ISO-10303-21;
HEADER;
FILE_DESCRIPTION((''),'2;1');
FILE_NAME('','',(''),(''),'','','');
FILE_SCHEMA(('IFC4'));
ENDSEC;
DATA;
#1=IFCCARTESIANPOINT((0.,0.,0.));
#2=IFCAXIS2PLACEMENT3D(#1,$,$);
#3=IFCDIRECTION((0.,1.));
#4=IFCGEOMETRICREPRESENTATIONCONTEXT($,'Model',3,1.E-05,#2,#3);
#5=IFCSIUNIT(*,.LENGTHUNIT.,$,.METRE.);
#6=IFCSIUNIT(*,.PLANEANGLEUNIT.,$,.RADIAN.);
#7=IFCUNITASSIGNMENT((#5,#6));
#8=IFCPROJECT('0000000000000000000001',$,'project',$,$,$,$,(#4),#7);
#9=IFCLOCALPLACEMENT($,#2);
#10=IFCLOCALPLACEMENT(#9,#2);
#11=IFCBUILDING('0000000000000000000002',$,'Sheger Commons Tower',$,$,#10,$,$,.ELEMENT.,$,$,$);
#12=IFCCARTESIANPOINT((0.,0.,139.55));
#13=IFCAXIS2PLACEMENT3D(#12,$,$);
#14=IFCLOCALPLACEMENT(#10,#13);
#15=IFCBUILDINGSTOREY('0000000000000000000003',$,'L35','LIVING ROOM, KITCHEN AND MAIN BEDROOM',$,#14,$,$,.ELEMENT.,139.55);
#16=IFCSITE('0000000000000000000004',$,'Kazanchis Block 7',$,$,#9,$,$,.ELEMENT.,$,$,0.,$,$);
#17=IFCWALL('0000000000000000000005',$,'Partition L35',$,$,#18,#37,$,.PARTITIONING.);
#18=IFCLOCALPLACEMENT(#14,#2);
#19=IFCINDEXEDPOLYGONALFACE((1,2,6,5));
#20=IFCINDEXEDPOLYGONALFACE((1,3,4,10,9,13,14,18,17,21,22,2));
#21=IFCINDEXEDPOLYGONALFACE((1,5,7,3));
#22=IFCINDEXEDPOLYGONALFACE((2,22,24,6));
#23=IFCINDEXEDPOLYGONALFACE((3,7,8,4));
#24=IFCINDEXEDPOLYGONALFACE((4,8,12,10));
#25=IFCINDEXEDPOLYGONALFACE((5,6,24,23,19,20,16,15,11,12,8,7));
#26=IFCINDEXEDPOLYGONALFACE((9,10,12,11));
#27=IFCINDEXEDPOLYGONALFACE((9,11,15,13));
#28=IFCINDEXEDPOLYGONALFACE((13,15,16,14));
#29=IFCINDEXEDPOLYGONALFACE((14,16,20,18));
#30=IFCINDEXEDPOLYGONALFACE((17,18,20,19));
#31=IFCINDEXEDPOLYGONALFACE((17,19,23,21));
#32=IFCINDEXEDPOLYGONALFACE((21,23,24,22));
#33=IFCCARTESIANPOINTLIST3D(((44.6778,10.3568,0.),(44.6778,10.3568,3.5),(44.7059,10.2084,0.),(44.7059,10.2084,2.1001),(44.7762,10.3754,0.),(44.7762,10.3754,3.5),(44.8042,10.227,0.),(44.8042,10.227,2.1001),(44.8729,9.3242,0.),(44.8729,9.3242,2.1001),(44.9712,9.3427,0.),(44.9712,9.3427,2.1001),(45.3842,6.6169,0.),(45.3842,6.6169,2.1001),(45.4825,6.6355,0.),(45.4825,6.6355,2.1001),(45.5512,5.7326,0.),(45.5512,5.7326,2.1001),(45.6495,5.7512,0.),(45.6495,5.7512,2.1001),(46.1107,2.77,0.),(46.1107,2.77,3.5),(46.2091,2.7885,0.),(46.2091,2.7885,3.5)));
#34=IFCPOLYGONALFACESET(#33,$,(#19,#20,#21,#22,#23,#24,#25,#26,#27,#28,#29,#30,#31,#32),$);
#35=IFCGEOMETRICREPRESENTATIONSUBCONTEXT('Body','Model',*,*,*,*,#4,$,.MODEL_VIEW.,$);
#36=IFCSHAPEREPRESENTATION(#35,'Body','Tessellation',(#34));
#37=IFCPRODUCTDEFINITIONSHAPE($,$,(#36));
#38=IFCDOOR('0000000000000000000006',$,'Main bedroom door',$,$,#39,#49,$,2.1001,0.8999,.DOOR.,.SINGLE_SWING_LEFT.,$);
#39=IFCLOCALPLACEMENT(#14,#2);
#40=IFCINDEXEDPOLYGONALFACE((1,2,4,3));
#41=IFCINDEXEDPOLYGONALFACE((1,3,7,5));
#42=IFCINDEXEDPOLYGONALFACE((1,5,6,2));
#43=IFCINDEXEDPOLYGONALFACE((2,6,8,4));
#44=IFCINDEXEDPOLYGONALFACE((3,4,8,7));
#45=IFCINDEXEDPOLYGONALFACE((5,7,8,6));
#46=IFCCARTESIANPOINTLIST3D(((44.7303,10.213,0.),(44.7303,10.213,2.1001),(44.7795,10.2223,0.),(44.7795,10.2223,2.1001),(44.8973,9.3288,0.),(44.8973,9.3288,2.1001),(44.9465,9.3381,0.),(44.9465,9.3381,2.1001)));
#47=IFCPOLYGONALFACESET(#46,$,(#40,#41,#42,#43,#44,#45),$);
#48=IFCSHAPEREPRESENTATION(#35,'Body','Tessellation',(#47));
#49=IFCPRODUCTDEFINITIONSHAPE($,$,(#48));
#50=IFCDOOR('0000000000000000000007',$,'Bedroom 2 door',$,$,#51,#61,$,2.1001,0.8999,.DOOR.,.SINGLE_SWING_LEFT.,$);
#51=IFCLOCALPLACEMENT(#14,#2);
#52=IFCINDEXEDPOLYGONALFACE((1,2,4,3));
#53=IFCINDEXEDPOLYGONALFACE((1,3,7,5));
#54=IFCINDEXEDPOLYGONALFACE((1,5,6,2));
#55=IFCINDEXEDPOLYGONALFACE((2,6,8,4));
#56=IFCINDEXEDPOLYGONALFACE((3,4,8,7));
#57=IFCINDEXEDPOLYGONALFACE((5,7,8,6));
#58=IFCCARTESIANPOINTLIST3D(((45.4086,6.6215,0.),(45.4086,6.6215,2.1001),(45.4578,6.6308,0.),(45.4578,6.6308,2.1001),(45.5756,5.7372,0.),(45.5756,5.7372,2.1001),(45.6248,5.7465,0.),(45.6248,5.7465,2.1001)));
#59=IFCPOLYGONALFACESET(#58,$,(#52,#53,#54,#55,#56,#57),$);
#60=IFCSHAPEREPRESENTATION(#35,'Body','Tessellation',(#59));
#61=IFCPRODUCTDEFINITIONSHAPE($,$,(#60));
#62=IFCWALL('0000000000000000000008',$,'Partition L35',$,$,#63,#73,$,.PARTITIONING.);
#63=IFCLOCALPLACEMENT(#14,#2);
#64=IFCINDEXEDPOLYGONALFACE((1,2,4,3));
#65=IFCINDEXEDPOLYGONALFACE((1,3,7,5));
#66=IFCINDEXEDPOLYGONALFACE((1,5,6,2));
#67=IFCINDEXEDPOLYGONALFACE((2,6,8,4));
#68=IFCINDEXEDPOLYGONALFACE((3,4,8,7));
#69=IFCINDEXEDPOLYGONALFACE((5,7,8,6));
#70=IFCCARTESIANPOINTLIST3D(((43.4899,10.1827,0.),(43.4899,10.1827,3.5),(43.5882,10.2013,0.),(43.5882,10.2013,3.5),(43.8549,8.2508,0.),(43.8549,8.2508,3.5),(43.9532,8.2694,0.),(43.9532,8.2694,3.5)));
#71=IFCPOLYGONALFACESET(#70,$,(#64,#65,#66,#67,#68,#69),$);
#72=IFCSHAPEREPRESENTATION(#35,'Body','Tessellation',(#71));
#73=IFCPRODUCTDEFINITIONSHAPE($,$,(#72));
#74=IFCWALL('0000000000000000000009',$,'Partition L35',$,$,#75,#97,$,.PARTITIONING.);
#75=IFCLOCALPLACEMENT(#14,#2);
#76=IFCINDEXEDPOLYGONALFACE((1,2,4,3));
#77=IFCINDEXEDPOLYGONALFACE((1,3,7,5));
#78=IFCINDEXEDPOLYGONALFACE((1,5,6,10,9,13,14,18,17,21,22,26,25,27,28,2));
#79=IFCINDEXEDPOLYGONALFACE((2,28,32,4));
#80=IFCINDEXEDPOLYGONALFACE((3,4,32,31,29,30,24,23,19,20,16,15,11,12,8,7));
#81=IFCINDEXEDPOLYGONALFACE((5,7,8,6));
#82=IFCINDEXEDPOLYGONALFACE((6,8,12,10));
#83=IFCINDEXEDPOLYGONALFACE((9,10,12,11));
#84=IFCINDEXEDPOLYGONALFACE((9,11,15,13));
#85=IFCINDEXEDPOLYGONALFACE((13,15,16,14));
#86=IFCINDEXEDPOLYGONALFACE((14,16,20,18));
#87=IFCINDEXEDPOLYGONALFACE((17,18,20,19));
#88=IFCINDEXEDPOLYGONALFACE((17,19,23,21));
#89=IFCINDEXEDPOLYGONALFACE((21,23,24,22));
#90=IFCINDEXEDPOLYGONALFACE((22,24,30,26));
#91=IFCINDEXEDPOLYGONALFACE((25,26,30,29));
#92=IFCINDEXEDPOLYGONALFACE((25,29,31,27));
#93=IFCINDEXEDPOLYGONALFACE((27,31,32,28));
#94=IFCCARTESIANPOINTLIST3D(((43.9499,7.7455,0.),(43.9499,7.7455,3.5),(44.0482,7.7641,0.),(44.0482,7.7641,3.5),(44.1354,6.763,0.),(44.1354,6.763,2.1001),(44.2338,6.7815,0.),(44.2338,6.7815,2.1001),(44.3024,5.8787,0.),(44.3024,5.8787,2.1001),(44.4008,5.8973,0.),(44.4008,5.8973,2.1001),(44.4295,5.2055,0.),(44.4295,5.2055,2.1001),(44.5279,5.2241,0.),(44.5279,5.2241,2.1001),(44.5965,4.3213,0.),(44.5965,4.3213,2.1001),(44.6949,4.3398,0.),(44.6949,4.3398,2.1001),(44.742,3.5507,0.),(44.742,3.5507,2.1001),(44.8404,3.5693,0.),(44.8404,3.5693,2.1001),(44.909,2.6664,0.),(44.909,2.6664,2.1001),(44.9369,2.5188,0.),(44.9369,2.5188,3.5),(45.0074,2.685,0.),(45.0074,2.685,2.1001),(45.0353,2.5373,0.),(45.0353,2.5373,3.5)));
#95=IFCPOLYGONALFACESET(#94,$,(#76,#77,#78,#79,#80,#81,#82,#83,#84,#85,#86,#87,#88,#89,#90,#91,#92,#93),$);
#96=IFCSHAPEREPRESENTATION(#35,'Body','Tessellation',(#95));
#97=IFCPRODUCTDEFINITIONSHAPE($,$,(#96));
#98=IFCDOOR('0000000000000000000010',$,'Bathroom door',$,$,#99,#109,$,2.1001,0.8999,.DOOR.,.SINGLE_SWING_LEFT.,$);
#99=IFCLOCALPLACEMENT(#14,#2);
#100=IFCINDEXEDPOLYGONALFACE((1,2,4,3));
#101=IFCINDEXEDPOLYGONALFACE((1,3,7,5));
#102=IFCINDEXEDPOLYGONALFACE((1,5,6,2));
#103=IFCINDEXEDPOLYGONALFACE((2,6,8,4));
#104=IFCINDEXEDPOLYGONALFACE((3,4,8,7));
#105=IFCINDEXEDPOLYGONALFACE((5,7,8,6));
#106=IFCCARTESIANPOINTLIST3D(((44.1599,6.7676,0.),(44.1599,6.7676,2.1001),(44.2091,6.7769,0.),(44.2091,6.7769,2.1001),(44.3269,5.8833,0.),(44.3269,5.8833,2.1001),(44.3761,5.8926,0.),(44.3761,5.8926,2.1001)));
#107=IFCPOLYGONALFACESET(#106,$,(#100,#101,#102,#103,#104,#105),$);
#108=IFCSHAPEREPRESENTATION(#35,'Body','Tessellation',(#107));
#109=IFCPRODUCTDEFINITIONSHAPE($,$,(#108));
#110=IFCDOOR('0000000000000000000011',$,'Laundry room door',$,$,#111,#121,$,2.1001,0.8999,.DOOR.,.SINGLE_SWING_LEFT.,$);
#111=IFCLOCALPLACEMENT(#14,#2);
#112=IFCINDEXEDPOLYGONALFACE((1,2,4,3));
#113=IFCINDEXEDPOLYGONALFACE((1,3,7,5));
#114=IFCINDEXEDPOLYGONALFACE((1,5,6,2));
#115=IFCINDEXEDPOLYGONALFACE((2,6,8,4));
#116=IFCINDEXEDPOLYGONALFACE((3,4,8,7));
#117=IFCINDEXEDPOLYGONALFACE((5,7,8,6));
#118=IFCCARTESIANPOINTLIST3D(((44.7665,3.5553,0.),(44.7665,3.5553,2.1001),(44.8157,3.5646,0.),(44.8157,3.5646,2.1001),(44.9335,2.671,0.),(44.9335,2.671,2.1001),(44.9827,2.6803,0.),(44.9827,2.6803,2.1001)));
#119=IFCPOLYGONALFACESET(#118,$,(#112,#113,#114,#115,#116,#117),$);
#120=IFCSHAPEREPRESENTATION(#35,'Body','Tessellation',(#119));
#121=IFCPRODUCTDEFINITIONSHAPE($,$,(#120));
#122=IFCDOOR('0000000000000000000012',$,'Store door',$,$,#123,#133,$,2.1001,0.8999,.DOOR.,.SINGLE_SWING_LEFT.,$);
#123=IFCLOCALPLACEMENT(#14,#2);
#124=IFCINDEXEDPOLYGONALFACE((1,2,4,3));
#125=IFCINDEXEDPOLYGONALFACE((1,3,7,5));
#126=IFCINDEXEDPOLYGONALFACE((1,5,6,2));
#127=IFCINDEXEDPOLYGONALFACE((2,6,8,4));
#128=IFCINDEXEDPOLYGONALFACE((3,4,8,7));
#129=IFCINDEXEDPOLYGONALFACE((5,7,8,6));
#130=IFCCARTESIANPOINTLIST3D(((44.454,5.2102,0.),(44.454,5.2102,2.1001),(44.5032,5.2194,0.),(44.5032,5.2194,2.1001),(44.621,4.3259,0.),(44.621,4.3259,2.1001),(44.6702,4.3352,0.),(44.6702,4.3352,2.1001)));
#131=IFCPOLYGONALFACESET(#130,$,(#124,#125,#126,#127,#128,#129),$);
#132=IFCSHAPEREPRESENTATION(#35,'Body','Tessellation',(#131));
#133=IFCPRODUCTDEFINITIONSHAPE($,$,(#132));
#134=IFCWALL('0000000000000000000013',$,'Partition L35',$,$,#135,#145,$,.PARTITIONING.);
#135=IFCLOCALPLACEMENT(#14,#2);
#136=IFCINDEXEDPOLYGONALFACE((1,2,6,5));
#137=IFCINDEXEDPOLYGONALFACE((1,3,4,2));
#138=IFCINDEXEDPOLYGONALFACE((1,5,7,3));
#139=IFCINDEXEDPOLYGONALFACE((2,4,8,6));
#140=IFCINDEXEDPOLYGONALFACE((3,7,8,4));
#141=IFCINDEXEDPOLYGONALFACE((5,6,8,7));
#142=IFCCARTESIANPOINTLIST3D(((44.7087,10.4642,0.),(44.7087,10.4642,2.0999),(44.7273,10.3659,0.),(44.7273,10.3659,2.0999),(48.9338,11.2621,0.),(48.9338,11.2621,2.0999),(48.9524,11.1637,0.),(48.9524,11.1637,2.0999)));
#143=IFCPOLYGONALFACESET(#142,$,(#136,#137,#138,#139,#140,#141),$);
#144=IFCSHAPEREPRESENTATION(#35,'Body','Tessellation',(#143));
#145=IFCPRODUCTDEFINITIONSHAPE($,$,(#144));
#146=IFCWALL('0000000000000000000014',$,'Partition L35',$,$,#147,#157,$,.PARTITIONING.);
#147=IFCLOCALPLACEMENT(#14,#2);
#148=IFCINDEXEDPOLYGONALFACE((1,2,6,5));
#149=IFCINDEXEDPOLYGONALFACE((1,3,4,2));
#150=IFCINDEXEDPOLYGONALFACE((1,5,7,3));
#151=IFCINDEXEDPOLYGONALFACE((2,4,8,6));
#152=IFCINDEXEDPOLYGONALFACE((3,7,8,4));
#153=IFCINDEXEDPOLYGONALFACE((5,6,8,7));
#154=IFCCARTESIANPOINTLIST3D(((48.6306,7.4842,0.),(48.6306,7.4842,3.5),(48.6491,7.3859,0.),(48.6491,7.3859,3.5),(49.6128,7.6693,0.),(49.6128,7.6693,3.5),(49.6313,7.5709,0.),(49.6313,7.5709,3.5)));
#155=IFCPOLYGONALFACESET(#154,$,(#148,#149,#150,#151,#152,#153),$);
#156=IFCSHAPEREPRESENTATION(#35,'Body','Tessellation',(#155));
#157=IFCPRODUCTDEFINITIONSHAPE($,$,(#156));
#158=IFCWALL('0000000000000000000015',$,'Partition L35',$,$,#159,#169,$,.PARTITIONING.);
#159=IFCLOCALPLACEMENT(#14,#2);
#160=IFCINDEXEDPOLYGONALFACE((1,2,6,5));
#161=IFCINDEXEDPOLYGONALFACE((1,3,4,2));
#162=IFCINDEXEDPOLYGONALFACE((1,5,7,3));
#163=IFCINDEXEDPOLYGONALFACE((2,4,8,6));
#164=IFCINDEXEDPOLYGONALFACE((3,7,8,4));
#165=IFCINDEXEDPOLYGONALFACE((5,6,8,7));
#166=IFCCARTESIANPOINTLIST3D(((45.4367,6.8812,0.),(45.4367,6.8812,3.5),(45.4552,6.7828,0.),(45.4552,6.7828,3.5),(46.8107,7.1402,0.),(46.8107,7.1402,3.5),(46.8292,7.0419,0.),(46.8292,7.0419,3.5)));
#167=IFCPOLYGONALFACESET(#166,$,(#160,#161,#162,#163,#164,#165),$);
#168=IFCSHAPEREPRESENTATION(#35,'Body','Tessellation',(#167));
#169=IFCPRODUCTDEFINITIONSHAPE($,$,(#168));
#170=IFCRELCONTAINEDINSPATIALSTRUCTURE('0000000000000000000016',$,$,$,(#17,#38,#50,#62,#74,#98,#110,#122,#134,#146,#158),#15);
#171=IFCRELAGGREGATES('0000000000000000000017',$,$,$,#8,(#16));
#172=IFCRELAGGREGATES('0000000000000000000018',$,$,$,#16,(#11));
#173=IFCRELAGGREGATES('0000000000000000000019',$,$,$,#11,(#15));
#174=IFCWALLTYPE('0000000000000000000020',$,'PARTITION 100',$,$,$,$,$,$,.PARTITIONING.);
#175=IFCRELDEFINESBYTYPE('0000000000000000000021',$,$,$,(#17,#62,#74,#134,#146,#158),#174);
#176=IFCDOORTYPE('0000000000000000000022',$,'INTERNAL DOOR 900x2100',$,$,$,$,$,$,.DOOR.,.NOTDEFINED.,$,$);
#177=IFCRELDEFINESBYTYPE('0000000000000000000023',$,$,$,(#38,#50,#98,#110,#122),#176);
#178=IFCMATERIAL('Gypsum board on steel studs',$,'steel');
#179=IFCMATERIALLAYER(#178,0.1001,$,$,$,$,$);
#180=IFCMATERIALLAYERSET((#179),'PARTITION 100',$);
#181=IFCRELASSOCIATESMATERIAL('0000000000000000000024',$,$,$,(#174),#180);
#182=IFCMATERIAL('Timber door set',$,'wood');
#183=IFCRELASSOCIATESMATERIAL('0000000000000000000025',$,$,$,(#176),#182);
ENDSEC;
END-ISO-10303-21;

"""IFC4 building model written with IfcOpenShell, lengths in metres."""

from ifc_helpers import new_model, si_unit, direction, frame, frame_2d, origin, place, context, subcontext, project, spatial, rectangle, extrude, material, layer, layer_set, type_object, element, fill, save


model = new_model("IFC4")

# Units and contexts
model_context = context("Model", 3, precision=1e-05, world=origin(), true_north=direction((0.0, 1.0)))
body_context = subcontext(model_context, "Body", "Model", "MODEL_VIEW")
ifc_project = project(units=[si_unit("LENGTHUNIT", "METRE"), si_unit("PLANEANGLEUNIT", "RADIAN")], contexts=[model_context])

# Site, building, storey
site_placement = place(None, origin())
site = spatial("IfcSite", under=ifc_project, at=site_placement, Name="Kazanchis Block 7", CompositionType="ELEMENT", RefElevation=0.0)
building_placement = place(site_placement, origin())
building = spatial("IfcBuilding", under=site, at=building_placement, Name="Sheger Commons Tower", CompositionType="ELEMENT")
storey_placement = place(building_placement, frame((0.0, 0.0, 139.55)))
storey = spatial("IfcBuildingStorey", under=building, at=storey_placement, Name="L35", Description="LIVING ROOM, KITCHEN AND MAIN BEDROOM", CompositionType="ELEMENT", Elevation=139.55)

# Wall, openings, doors
ifc_material_1 = material(Name="Gypsum board on steel studs", Category="steel")
ifc_layer_1 = layer(ifc_material_1, 0.1001)
ifc_layer_set_1 = layer_set([ifc_layer_1], Name="PARTITION 100")
wall_type_1 = type_object("IfcWallType", Name="PARTITION 100", PredefinedType="PARTITIONING", material=ifc_layer_set_1)
wall_1_placement = place(storey_placement, frame((44.7271, 10.366, 0.0), z_axis=(0.0, 0.0, 1.0), x_axis=(0.185579, -0.982629, 0.0)))
wall_1 = element("IfcWall", 1, at=wall_1_placement, inside=storey, type_object=wall_type_1, Name="Partition L35", PredefinedType="PARTITIONING", context=body_context, shape_type="SweptSolid", body=[
    extrude(rectangle(XDim=7.7209, YDim=0.1001, at=frame_2d((3.8604, 0.0))), origin(), (0.0, 0.0, 1.0), 3.5),
])
opening_1_placement = place(wall_1_placement, frame((0.1509, 0.0, 0.0)))
opening_1 = element("IfcOpeningElement", 2, at=opening_1_placement, cuts=wall_1, PredefinedType="OPENING", context=body_context, shape_type="SweptSolid", body=[
    extrude(rectangle(XDim=0.8999, YDim=2.1001, at=frame_2d((0.45, 1.05))), frame((0.0, 0.0601, 0.0), z_axis=(0.0, -1.0, 0.0), x_axis=(1.0, 0.0, 0.0)), (0.0, 0.0, 1.0), 0.1201),
])
opening_2_placement = place(wall_1_placement, frame((3.8059, 0.0, 0.0)))
opening_2 = element("IfcOpeningElement", 3, at=opening_2_placement, cuts=wall_1, PredefinedType="OPENING", context=body_context, shape_type="SweptSolid", body=[
    extrude(rectangle(XDim=0.8999, YDim=2.1001, at=frame_2d((0.45, 1.05))), frame((0.0, 0.0601, 0.0), z_axis=(0.0, -1.0, 0.0), x_axis=(1.0, 0.0, 0.0)), (0.0, 0.0, 1.0), 0.1201),
])
ifc_material_2 = material(Name="Timber door set", Category="wood")
door_type_1 = type_object("IfcDoorType", Name="INTERNAL DOOR 900x2100", OperationType="NOTDEFINED", PredefinedType="DOOR", material=ifc_material_2)
door_1_placement = place(opening_1_placement, origin())
door_1 = element("IfcDoor", 4, at=door_1_placement, inside=storey, type_object=door_type_1, Name="Main bedroom door", OperationType="SINGLE_SWING_LEFT", OverallHeight=2.1001, OverallWidth=0.8999, PredefinedType="DOOR", context=body_context, shape_type="SweptSolid", body=[
    extrude(rectangle(XDim=0.8999, YDim=2.1001, at=frame_2d((0.45, 1.05))), frame((0.0, 0.0249, 0.0), z_axis=(0.0, -1.0, 0.0), x_axis=(1.0, 0.0, 0.0)), (0.0, 0.0, 1.0), 0.05),
])
fill(opening_1, door_1)
door_2_placement = place(opening_2_placement, origin())
door_2 = element("IfcDoor", 5, at=door_2_placement, inside=storey, type_object=door_type_1, Name="Bedroom 2 door", OperationType="SINGLE_SWING_LEFT", OverallHeight=2.1001, OverallWidth=0.8999, PredefinedType="DOOR", context=body_context, shape_type="SweptSolid", body=[
    extrude(rectangle(XDim=0.8999, YDim=2.1001, at=frame_2d((0.45, 1.05))), frame((0.0, 0.0249, 0.0), z_axis=(0.0, -1.0, 0.0), x_axis=(1.0, 0.0, 0.0)), (0.0, 0.0, 1.0), 0.05),
])
fill(opening_2, door_2)

# Wall
wall_2_placement = place(storey_placement, frame((43.5391, 10.1919, 0.0), z_axis=(0.0, 0.0, 1.0), x_axis=(0.185645, -0.982617, 0.0)))
element("IfcWall", 6, at=wall_2_placement, inside=storey, type_object=wall_type_1, Name="Partition L35", PredefinedType="PARTITIONING", context=body_context, shape_type="SweptSolid", body=[
    extrude(rectangle(XDim=1.9661, YDim=0.1001, at=frame_2d((0.9829, 0.0))), origin(), (0.0, 0.0, 1.0), 3.5),
])

# Wall, openings, doors
wall_3_placement = place(storey_placement, frame((43.999, 7.7549, 0.0), z_axis=(0.0, 0.0, 1.0), x_axis=(0.185566, -0.982632, 0.0)))
wall_3 = element("IfcWall", 7, at=wall_3_placement, inside=storey, type_object=wall_type_1, Name="Partition L35", PredefinedType="PARTITIONING", context=body_context, shape_type="SweptSolid", body=[
    extrude(rectangle(XDim=5.3191, YDim=0.1001, at=frame_2d((2.6597, 0.0))), origin(), (0.0, 0.0, 1.0), 3.5),
])
opening_3_placement = place(wall_3_placement, frame((1.0, 0.0, 0.0)))
opening_3 = element("IfcOpeningElement", 8, at=opening_3_placement, cuts=wall_3, PredefinedType="OPENING", context=body_context, shape_type="SweptSolid", body=[
    extrude(rectangle(XDim=0.8999, YDim=2.1001, at=frame_2d((0.45, 1.05))), frame((0.0, 0.0601, 0.0), z_axis=(0.0, -1.0, 0.0), x_axis=(1.0, 0.0, 0.0)), (0.0, 0.0, 1.0), 0.1201),
])
opening_4_placement = place(wall_3_placement, frame((4.269, 0.0, 0.0)))
opening_4 = element("IfcOpeningElement", 9, at=opening_4_placement, cuts=wall_3, PredefinedType="OPENING", context=body_context, shape_type="SweptSolid", body=[
    extrude(rectangle(XDim=0.8999, YDim=2.1001, at=frame_2d((0.45, 1.05))), frame((0.0, 0.0601, 0.0), z_axis=(0.0, -1.0, 0.0), x_axis=(1.0, 0.0, 0.0)), (0.0, 0.0, 1.0), 0.1201),
])
opening_5_placement = place(wall_3_placement, frame((2.585, 0.0, 0.0)))
opening_5 = element("IfcOpeningElement", 10, at=opening_5_placement, cuts=wall_3, PredefinedType="OPENING", context=body_context, shape_type="SweptSolid", body=[
    extrude(rectangle(XDim=0.8999, YDim=2.1001, at=frame_2d((0.45, 1.05))), frame((0.0, 0.0601, 0.0), z_axis=(0.0, -1.0, 0.0), x_axis=(1.0, 0.0, 0.0)), (0.0, 0.0, 1.0), 0.1201),
])
door_3_placement = place(opening_3_placement, origin())
door_3 = element("IfcDoor", 11, at=door_3_placement, inside=storey, type_object=door_type_1, Name="Bathroom door", OperationType="SINGLE_SWING_LEFT", OverallHeight=2.1001, OverallWidth=0.8999, PredefinedType="DOOR", context=body_context, shape_type="SweptSolid", body=[
    extrude(rectangle(XDim=0.8999, YDim=2.1001, at=frame_2d((0.45, 1.05))), frame((0.0, 0.0249, 0.0), z_axis=(0.0, -1.0, 0.0), x_axis=(1.0, 0.0, 0.0)), (0.0, 0.0, 1.0), 0.05),
])
fill(opening_3, door_3)
door_4_placement = place(opening_4_placement, origin())
door_4 = element("IfcDoor", 12, at=door_4_placement, inside=storey, type_object=door_type_1, Name="Laundry room door", OperationType="SINGLE_SWING_LEFT", OverallHeight=2.1001, OverallWidth=0.8999, PredefinedType="DOOR", context=body_context, shape_type="SweptSolid", body=[
    extrude(rectangle(XDim=0.8999, YDim=2.1001, at=frame_2d((0.45, 1.05))), frame((0.0, 0.0249, 0.0), z_axis=(0.0, -1.0, 0.0), x_axis=(1.0, 0.0, 0.0)), (0.0, 0.0, 1.0), 0.05),
])
fill(opening_4, door_4)
door_5_placement = place(opening_5_placement, origin())
door_5 = element("IfcDoor", 13, at=door_5_placement, inside=storey, type_object=door_type_1, Name="Store door", OperationType="SINGLE_SWING_LEFT", OverallHeight=2.1001, OverallWidth=0.8999, PredefinedType="DOOR", context=body_context, shape_type="SweptSolid", body=[
    extrude(rectangle(XDim=0.8999, YDim=2.1001, at=frame_2d((0.45, 1.05))), frame((0.0, 0.0249, 0.0), z_axis=(0.0, -1.0, 0.0), x_axis=(1.0, 0.0, 0.0)), (0.0, 0.0, 1.0), 0.05),
])
fill(opening_5, door_5)

# Walls
wall_4_placement = place(storey_placement, frame((48.9431, 11.2129, 0.0), z_axis=(0.0, 0.0, 1.0), x_axis=(-0.982634, -0.185557, 0.0)))
element("IfcWall", 14, at=wall_4_placement, inside=storey, type_object=wall_type_1, Name="Partition L35", PredefinedType="PARTITIONING", context=body_context, shape_type="SweptSolid", body=[
    extrude(rectangle(XDim=4.2998, YDim=0.1001, at=frame_2d((2.1499, 0.0))), origin(), (0.0, 0.0, 1.0), 2.0999),
])
wall_5_placement = place(storey_placement, frame((49.6221, 7.6201, 0.0), z_axis=(0.0, 0.0, 1.0), x_axis=(-0.982709, -0.185159, 0.0)))
element("IfcWall", 15, at=wall_5_placement, inside=storey, type_object=wall_type_1, Name="Partition L35", PredefinedType="PARTITIONING", context=body_context, shape_type="SweptSolid", body=[
    extrude(rectangle(XDim=0.9995, YDim=0.1001, at=frame_2d((0.4998, 0.0))), origin(), (0.0, 0.0, 1.0), 3.5),
])
wall_6_placement = place(storey_placement, frame((46.8201, 7.0911, 0.0), z_axis=(0.0, 0.0, 1.0), x_axis=(-0.98269, -0.185258, 0.0)))
element("IfcWall", 16, at=wall_6_placement, inside=storey, type_object=wall_type_1, Name="Partition L35", PredefinedType="PARTITIONING", context=body_context, shape_type="SweptSolid", body=[
    extrude(rectangle(XDim=1.3982, YDim=0.1001, at=frame_2d((0.6992, 0.0))), origin(), (0.0, 0.0, 1.0), 3.5),
])

save(model, "model.ifc")
